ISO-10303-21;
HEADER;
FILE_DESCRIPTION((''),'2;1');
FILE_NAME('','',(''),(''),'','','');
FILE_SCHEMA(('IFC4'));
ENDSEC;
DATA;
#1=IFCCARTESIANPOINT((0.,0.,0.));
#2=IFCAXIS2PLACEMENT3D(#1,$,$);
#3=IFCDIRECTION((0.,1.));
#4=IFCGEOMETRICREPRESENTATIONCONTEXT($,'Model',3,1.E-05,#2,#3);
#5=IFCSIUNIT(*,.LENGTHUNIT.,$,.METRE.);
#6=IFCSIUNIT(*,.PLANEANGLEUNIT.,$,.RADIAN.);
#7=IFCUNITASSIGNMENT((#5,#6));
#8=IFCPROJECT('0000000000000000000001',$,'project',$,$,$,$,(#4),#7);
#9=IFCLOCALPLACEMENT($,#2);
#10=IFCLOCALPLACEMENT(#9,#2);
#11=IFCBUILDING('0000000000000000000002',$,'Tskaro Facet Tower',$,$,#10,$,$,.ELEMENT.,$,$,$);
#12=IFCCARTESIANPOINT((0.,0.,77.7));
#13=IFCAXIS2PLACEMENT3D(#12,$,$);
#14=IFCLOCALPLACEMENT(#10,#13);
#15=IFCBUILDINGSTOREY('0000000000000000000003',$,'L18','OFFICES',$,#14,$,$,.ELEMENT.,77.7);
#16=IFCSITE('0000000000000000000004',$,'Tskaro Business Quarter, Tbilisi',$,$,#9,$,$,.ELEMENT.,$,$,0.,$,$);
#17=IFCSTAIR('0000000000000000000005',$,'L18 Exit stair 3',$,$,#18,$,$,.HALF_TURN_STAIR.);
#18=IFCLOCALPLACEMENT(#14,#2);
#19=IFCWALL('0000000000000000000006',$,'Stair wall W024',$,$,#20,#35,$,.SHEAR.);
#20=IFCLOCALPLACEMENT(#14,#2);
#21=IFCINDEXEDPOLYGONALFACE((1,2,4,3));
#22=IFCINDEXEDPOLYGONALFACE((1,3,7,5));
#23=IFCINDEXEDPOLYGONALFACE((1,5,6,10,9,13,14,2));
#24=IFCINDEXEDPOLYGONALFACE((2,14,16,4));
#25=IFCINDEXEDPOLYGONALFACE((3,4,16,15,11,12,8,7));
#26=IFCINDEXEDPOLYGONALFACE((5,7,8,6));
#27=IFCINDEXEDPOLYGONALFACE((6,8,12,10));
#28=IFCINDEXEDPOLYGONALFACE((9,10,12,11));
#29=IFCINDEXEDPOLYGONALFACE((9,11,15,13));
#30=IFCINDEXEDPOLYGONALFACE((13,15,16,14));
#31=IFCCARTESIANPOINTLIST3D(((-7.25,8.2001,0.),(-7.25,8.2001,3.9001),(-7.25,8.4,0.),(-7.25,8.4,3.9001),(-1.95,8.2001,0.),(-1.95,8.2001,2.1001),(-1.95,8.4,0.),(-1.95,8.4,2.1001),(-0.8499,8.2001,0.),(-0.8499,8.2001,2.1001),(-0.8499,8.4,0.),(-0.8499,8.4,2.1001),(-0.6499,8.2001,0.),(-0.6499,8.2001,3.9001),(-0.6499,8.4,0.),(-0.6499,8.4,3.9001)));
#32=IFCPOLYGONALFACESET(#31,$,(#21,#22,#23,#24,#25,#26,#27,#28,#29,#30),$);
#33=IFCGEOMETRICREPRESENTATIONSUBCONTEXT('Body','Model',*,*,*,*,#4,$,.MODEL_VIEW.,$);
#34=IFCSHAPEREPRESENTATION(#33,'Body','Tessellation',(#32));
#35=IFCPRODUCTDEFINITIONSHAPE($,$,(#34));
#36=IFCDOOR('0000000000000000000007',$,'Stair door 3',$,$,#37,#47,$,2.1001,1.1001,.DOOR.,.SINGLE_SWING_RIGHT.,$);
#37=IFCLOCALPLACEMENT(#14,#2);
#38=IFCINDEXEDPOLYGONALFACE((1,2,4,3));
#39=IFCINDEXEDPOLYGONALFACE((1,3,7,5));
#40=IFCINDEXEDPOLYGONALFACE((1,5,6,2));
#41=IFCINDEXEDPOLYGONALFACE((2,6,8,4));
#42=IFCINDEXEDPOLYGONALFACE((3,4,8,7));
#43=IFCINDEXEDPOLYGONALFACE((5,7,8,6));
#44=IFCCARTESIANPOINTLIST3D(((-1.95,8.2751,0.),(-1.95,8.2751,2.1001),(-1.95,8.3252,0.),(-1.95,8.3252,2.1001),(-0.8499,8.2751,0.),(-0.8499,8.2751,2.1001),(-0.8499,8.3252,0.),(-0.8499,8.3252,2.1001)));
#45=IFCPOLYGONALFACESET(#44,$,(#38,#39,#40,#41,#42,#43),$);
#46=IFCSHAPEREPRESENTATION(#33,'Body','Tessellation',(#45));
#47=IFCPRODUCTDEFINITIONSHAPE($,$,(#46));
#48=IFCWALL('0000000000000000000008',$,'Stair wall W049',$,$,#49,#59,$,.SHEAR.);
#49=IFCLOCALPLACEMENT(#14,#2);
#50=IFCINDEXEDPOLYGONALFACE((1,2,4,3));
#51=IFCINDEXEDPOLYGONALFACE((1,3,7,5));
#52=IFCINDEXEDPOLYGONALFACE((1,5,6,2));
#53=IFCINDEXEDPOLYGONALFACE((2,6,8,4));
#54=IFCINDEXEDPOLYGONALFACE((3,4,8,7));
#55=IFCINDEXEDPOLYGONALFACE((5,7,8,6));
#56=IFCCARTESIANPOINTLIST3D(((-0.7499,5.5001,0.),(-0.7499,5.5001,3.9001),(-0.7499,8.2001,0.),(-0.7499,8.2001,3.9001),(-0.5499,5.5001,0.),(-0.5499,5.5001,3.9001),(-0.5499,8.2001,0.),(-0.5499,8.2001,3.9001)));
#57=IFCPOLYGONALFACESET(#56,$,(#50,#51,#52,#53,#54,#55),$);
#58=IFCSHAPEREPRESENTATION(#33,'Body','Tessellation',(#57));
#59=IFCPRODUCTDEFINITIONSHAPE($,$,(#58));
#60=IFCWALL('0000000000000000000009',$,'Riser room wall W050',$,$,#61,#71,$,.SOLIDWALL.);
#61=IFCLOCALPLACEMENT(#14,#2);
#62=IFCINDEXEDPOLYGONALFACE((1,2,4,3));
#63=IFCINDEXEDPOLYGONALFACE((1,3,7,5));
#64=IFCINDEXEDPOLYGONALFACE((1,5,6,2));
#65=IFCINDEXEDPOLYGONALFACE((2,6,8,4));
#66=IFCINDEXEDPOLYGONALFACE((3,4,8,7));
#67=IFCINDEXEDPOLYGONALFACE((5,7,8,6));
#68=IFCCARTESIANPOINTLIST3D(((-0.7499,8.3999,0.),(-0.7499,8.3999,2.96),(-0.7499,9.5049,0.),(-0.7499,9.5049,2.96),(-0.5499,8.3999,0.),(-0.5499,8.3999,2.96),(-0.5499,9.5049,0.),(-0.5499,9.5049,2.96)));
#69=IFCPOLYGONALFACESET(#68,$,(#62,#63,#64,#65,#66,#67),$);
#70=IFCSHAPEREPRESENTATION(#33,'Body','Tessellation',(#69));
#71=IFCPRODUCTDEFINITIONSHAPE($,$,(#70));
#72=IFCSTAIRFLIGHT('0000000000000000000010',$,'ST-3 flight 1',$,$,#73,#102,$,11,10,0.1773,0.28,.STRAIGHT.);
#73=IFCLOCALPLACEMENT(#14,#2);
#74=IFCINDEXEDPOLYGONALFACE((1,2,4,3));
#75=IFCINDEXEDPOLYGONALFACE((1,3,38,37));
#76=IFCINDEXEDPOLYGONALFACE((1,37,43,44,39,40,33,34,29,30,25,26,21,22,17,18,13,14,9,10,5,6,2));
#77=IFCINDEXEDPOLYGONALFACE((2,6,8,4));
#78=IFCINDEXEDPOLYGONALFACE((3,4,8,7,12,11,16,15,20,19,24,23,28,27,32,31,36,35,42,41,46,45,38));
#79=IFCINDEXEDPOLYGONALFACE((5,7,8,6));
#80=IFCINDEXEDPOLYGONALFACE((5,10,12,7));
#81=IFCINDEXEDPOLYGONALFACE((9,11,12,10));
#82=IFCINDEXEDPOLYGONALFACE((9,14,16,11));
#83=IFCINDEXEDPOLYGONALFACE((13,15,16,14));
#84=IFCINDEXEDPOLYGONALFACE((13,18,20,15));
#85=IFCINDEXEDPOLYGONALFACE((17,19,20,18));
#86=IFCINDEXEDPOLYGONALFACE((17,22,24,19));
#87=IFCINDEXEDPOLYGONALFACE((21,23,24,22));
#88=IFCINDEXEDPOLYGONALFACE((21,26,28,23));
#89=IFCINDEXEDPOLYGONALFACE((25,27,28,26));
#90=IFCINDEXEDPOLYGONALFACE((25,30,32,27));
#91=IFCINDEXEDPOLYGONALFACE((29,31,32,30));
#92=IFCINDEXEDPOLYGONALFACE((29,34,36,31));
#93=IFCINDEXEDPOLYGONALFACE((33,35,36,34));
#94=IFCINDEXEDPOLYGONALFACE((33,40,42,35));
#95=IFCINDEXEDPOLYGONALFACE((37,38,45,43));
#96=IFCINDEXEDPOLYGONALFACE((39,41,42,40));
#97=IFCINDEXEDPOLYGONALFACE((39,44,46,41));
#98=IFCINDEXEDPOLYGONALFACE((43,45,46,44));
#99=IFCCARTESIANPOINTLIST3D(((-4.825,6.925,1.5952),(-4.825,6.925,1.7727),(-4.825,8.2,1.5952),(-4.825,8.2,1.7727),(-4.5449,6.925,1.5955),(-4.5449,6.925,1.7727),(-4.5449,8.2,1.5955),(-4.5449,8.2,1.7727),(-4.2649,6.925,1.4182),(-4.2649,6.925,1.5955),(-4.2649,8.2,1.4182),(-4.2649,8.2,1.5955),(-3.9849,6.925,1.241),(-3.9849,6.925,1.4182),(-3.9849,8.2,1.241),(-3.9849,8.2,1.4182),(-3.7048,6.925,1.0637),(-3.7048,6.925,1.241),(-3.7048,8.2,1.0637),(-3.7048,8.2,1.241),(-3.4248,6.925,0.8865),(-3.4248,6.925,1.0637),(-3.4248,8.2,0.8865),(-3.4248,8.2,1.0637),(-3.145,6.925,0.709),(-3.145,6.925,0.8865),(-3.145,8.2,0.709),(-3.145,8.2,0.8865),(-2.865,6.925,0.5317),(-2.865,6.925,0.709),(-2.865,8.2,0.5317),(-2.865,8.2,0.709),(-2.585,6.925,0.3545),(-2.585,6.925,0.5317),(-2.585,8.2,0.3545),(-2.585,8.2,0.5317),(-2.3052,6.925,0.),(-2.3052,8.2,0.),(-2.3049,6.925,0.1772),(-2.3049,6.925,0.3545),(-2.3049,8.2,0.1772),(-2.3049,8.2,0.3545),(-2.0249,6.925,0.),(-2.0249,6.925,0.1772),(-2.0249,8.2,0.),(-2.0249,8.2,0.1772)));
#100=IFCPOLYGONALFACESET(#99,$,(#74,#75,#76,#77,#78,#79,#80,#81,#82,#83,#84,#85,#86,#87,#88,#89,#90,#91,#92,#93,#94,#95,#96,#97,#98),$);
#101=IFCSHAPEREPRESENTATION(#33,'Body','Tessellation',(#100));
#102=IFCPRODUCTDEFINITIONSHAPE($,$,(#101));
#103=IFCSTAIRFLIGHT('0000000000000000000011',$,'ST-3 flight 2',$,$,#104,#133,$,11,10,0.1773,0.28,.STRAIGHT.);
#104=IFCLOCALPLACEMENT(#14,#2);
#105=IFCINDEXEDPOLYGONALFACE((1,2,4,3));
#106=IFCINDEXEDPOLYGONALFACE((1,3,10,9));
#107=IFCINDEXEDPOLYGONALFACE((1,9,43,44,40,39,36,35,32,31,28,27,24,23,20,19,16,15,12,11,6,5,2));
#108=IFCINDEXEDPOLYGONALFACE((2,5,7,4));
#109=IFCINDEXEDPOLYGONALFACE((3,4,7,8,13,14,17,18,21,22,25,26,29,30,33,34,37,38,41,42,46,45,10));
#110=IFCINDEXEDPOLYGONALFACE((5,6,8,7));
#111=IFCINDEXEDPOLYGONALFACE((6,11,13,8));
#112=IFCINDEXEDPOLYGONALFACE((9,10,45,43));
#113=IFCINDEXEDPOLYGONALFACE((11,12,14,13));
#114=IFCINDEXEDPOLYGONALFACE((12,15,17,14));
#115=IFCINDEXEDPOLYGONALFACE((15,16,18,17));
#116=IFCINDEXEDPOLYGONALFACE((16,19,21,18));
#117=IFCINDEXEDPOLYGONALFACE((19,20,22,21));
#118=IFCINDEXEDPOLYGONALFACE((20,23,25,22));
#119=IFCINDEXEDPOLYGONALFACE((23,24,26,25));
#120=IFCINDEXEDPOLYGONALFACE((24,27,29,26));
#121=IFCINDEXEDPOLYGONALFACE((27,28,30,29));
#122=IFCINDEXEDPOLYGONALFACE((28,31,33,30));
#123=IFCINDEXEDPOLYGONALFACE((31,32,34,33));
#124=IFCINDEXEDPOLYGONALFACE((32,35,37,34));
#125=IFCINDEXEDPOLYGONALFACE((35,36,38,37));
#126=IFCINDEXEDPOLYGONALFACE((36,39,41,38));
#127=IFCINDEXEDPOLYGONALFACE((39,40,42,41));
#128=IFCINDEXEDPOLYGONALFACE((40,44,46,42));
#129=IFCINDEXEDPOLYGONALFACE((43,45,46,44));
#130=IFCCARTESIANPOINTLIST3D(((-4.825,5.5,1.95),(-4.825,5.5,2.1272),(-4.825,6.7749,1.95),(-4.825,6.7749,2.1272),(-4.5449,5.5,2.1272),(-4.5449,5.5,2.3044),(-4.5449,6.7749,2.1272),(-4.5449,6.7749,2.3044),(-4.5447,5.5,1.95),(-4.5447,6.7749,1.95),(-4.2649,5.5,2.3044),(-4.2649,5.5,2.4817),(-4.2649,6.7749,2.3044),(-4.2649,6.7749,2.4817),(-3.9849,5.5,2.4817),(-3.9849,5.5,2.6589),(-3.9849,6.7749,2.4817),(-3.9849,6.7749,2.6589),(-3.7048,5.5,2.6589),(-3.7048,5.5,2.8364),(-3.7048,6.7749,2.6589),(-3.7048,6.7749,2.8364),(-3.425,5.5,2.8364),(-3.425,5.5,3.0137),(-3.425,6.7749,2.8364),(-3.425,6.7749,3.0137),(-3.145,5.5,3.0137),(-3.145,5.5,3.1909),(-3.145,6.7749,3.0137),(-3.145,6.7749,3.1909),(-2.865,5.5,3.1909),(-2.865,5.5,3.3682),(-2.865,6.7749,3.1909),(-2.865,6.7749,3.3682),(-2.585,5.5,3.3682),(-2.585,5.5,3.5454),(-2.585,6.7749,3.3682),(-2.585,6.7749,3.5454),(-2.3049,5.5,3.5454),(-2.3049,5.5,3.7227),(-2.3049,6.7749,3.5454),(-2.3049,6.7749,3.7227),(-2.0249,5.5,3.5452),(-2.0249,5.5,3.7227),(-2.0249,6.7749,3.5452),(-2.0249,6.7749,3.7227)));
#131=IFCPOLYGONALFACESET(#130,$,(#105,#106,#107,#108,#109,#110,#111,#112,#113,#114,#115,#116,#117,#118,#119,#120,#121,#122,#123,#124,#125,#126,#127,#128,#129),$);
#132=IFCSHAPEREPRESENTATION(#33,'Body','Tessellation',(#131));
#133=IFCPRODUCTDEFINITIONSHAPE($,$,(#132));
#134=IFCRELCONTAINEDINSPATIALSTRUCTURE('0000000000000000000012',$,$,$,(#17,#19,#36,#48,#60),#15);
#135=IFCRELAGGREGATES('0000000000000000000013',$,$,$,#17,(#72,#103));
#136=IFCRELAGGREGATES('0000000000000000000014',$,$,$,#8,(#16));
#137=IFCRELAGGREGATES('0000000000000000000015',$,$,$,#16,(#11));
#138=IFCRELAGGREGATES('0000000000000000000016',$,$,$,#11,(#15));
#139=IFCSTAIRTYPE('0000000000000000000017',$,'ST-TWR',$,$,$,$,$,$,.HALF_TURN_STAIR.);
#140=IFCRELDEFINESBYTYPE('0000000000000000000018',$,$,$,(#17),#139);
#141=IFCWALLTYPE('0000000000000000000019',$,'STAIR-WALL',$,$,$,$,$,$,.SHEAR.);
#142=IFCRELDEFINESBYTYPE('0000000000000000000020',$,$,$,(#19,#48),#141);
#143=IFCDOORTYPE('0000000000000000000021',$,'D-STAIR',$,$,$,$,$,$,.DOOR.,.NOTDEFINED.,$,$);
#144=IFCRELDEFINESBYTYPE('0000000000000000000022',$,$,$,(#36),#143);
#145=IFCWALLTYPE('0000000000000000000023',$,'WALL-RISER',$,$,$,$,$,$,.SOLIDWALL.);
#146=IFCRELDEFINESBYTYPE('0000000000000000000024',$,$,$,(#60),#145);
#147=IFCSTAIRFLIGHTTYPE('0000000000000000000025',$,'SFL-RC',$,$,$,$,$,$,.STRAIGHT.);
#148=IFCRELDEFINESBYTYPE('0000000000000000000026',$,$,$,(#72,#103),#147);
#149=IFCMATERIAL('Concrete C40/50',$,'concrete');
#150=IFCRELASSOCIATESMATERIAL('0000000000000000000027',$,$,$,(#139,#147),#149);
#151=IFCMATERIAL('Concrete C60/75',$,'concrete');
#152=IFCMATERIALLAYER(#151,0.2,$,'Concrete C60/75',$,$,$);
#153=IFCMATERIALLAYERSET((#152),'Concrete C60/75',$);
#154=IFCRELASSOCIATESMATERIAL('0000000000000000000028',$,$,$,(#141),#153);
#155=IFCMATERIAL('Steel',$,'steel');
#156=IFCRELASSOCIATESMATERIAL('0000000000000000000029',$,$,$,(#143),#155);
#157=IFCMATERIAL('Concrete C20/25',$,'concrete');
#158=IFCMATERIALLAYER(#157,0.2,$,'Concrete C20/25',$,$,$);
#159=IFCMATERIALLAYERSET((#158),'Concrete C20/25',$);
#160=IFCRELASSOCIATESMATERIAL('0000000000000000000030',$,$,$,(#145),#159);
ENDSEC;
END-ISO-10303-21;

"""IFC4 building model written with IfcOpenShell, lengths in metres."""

from ifc_helpers import new_model, si_unit, direction, frame, frame_2d, origin, place, context, subcontext, project, spatial, polyline, rectangle, outline, extrude, material, layer, layer_set, type_object, element, fill, aggregate, save


model = new_model("IFC4")

# Units and contexts
model_context = context("Model", 3, precision=1e-05, world=origin(), true_north=direction((0.0, 1.0)))
body_context = subcontext(model_context, "Body", "Model", "MODEL_VIEW")
ifc_project = project(units=[si_unit("LENGTHUNIT", "METRE"), si_unit("PLANEANGLEUNIT", "RADIAN")], contexts=[model_context])

# Site, building, storey
site_placement = place(None, origin())
site = spatial("IfcSite", under=ifc_project, at=site_placement, Name="Tskaro Business Quarter, Tbilisi", CompositionType="ELEMENT", RefElevation=0.0)
building_placement = place(site_placement, origin())
building = spatial("IfcBuilding", under=site, at=building_placement, Name="Tskaro Facet Tower", CompositionType="ELEMENT")
storey_placement = place(building_placement, frame((0.0, 0.0, 77.7)))
storey = spatial("IfcBuildingStorey", under=building, at=storey_placement, Name="L18", Description="OFFICES", CompositionType="ELEMENT", Elevation=77.7)

# Stair
ifc_material_1 = material(Name="Concrete C40/50", Category="concrete")
stair_type = type_object("IfcStairType", Name="ST-TWR", PredefinedType="HALF_TURN_STAIR", material=ifc_material_1)
stair_1_placement = place(storey_placement, origin())
stair_1 = element("IfcStair", 1, at=stair_1_placement, inside=storey, type_object=stair_type, Name="L18 Exit stair 3", PredefinedType="HALF_TURN_STAIR")

# Shared definitions
ifc_material_2 = material(Name="Concrete C60/75", Category="concrete")

# Shared definitions
ifc_material_3 = material(Name="Concrete C20/25", Category="concrete")

# Shared definitions
ifc_material_4 = material(Name="Steel", Category="steel")

# Wall, opening, door
ifc_layer_1 = layer(ifc_material_2, 0.2, Name="Concrete C60/75")
ifc_layer_set_1 = layer_set([ifc_layer_1], Name="Concrete C60/75")
wall_type_1 = type_object("IfcWallType", Name="STAIR-WALL", PredefinedType="SHEAR", material=ifc_layer_set_1)
wall_1_placement = place(storey_placement, frame((-0.6499, 8.3, 0.0), z_axis=(0.0, 0.0, 1.0), x_axis=(-1.0, 0.0, 0.0)))
wall_1 = element("IfcWall", 2, at=wall_1_placement, inside=storey, type_object=wall_type_1, Name="Stair wall W024", PredefinedType="SHEAR", context=body_context, shape_type="SweptSolid", body=[
    extrude(rectangle(XDim=6.6001, YDim=0.2, at=frame_2d((3.3, 0.0))), origin(), (0.0, 0.0, 1.0), 3.9001),
])
opening_1_placement = place(wall_1_placement, frame((0.2, 0.0, 0.0)))
opening_1 = element("IfcOpeningElement", 3, at=opening_1_placement, cuts=wall_1, PredefinedType="OPENING", context=body_context, shape_type="SweptSolid", body=[
    extrude(rectangle(XDim=1.1001, YDim=2.1001, at=frame_2d((0.55, 1.05))), frame((0.0, 0.1099, 0.0), z_axis=(0.0, -1.0, 0.0), x_axis=(1.0, 0.0, 0.0)), (0.0, 0.0, 1.0), 0.22),
])
door_type_1 = type_object("IfcDoorType", Name="D-STAIR", OperationType="NOTDEFINED", PredefinedType="DOOR", material=ifc_material_4)
door_1_placement = place(opening_1_placement, origin())
door_1 = element("IfcDoor", 4, at=door_1_placement, inside=storey, type_object=door_type_1, Name="Stair door 3", OperationType="SINGLE_SWING_RIGHT", OverallHeight=2.1001, OverallWidth=1.1001, PredefinedType="DOOR", context=body_context, shape_type="SweptSolid", body=[
    extrude(rectangle(XDim=1.1001, YDim=2.1001, at=frame_2d((0.55, 1.05))), frame((0.0, 0.0249, 0.0), z_axis=(0.0, -1.0, 0.0), x_axis=(1.0, 0.0, 0.0)), (0.0, 0.0, 1.0), 0.05),
])
fill(opening_1, door_1)

# Walls
wall_2_placement = place(storey_placement, frame((-0.6499, 5.5, 0.0), z_axis=(0.0, 0.0, 1.0), x_axis=(0.0, 1.0, 0.0)))
element("IfcWall", 5, at=wall_2_placement, inside=storey, type_object=wall_type_1, Name="Stair wall W049", PredefinedType="SHEAR", context=body_context, shape_type="SweptSolid", body=[
    extrude(rectangle(XDim=2.7, YDim=0.2, at=frame_2d((1.3501, 0.0))), origin(), (0.0, 0.0, 1.0), 3.9001),
])
ifc_layer_2 = layer(ifc_material_3, 0.2, Name="Concrete C20/25")
ifc_layer_set_2 = layer_set([ifc_layer_2], Name="Concrete C20/25")
wall_type_2 = type_object("IfcWallType", Name="WALL-RISER", PredefinedType="SOLIDWALL", material=ifc_layer_set_2)
wall_3_placement = place(storey_placement, frame((-0.6499, 8.3999, 0.0), z_axis=(0.0, 0.0, 1.0), x_axis=(0.0, 1.0, 0.0)))
element("IfcWall", 6, at=wall_3_placement, inside=storey, type_object=wall_type_2, Name="Riser room wall W050", PredefinedType="SOLIDWALL", context=body_context, shape_type="SweptSolid", body=[
    extrude(rectangle(XDim=1.105, YDim=0.2, at=frame_2d((0.5525, 0.0))), origin(), (0.0, 0.0, 1.0), 2.96),
])

# Stair flights
stair_flight_type = type_object("IfcStairFlightType", Name="SFL-RC", PredefinedType="STRAIGHT", material=ifc_material_1)
stair_flight_1_placement = place(storey_placement, frame((-2.0249, 7.5625, 0.0), z_axis=(0.0, 0.0, 1.0), x_axis=(-1.0, 0.0, 0.0)))
stair_flight_1 = element("IfcStairFlight", 7, at=stair_flight_1_placement, type_object=stair_flight_type, Name="ST-3 flight 1", NumberOfRisers=11, NumberOfTreads=10, PredefinedType="STRAIGHT", RiserHeight=0.1773, TreadLength=0.28, context=body_context, shape_type="SweptSolid", body=[
    extrude(outline(polyline([(0.0, 0.0), (0.0, 0.1772), (0.28, 0.1772), (0.28, 0.3545), (0.5601, 0.3545), (0.5601, 0.5317), (0.8401, 0.5317), (0.8401, 0.709), (1.1201, 0.709), (1.1201, 0.8865), (1.3999, 0.8865), (1.3999, 1.0637), (1.6799, 1.0637), (1.6799, 1.241), (1.96, 1.241), (1.96, 1.4182), (2.24, 1.4182), (2.24, 1.5955), (2.52, 1.5955), (2.52, 1.7727), (2.8, 1.7727), (2.8, 1.95), (2.8, 1.5952), (0.2803, 0.0), (0.0, 0.0)])), frame((0.0, 0.6375, 0.0), z_axis=(0.0, -1.0, 0.0), x_axis=(1.0, 0.0, 0.0)), (0.0, 0.0, 1.0), 1.2749),
])
stair_flight_2_placement = place(storey_placement, frame((-4.825, 6.1375, 1.95), z_axis=(0.0, 0.0, 1.0), x_axis=(1.0, 0.0, 0.0)))
stair_flight_2 = element("IfcStairFlight", 8, at=stair_flight_2_placement, type_object=stair_flight_type, Name="ST-3 flight 2", NumberOfRisers=11, NumberOfTreads=10, PredefinedType="STRAIGHT", RiserHeight=0.1773, TreadLength=0.28, context=body_context, shape_type="SweptSolid", body=[
    extrude(outline(polyline([(0.0, 0.0), (0.0, 0.1772), (0.28, 0.1772), (0.28, 0.3545), (0.5601, 0.3545), (0.5601, 0.5317), (0.8401, 0.5317), (0.8401, 0.709), (1.1201, 0.709), (1.1201, 0.8865), (1.3999, 0.8865), (1.3999, 1.0637), (1.6799, 1.0637), (1.6799, 1.241), (1.96, 1.241), (1.96, 1.4182), (2.24, 1.4182), (2.24, 1.5955), (2.52, 1.5955), (2.52, 1.7727), (2.8, 1.7727), (2.8, 1.95), (2.8, 1.5952), (0.2803, 0.0), (0.0, 0.0)])), frame((0.0, 0.6375, 0.0), z_axis=(0.0, -1.0, 0.0), x_axis=(1.0, 0.0, 0.0)), (0.0, 0.0, 1.0), 1.2749),
])
aggregate(stair_1, [stair_flight_1, stair_flight_2])

save(model, "model.ifc")
